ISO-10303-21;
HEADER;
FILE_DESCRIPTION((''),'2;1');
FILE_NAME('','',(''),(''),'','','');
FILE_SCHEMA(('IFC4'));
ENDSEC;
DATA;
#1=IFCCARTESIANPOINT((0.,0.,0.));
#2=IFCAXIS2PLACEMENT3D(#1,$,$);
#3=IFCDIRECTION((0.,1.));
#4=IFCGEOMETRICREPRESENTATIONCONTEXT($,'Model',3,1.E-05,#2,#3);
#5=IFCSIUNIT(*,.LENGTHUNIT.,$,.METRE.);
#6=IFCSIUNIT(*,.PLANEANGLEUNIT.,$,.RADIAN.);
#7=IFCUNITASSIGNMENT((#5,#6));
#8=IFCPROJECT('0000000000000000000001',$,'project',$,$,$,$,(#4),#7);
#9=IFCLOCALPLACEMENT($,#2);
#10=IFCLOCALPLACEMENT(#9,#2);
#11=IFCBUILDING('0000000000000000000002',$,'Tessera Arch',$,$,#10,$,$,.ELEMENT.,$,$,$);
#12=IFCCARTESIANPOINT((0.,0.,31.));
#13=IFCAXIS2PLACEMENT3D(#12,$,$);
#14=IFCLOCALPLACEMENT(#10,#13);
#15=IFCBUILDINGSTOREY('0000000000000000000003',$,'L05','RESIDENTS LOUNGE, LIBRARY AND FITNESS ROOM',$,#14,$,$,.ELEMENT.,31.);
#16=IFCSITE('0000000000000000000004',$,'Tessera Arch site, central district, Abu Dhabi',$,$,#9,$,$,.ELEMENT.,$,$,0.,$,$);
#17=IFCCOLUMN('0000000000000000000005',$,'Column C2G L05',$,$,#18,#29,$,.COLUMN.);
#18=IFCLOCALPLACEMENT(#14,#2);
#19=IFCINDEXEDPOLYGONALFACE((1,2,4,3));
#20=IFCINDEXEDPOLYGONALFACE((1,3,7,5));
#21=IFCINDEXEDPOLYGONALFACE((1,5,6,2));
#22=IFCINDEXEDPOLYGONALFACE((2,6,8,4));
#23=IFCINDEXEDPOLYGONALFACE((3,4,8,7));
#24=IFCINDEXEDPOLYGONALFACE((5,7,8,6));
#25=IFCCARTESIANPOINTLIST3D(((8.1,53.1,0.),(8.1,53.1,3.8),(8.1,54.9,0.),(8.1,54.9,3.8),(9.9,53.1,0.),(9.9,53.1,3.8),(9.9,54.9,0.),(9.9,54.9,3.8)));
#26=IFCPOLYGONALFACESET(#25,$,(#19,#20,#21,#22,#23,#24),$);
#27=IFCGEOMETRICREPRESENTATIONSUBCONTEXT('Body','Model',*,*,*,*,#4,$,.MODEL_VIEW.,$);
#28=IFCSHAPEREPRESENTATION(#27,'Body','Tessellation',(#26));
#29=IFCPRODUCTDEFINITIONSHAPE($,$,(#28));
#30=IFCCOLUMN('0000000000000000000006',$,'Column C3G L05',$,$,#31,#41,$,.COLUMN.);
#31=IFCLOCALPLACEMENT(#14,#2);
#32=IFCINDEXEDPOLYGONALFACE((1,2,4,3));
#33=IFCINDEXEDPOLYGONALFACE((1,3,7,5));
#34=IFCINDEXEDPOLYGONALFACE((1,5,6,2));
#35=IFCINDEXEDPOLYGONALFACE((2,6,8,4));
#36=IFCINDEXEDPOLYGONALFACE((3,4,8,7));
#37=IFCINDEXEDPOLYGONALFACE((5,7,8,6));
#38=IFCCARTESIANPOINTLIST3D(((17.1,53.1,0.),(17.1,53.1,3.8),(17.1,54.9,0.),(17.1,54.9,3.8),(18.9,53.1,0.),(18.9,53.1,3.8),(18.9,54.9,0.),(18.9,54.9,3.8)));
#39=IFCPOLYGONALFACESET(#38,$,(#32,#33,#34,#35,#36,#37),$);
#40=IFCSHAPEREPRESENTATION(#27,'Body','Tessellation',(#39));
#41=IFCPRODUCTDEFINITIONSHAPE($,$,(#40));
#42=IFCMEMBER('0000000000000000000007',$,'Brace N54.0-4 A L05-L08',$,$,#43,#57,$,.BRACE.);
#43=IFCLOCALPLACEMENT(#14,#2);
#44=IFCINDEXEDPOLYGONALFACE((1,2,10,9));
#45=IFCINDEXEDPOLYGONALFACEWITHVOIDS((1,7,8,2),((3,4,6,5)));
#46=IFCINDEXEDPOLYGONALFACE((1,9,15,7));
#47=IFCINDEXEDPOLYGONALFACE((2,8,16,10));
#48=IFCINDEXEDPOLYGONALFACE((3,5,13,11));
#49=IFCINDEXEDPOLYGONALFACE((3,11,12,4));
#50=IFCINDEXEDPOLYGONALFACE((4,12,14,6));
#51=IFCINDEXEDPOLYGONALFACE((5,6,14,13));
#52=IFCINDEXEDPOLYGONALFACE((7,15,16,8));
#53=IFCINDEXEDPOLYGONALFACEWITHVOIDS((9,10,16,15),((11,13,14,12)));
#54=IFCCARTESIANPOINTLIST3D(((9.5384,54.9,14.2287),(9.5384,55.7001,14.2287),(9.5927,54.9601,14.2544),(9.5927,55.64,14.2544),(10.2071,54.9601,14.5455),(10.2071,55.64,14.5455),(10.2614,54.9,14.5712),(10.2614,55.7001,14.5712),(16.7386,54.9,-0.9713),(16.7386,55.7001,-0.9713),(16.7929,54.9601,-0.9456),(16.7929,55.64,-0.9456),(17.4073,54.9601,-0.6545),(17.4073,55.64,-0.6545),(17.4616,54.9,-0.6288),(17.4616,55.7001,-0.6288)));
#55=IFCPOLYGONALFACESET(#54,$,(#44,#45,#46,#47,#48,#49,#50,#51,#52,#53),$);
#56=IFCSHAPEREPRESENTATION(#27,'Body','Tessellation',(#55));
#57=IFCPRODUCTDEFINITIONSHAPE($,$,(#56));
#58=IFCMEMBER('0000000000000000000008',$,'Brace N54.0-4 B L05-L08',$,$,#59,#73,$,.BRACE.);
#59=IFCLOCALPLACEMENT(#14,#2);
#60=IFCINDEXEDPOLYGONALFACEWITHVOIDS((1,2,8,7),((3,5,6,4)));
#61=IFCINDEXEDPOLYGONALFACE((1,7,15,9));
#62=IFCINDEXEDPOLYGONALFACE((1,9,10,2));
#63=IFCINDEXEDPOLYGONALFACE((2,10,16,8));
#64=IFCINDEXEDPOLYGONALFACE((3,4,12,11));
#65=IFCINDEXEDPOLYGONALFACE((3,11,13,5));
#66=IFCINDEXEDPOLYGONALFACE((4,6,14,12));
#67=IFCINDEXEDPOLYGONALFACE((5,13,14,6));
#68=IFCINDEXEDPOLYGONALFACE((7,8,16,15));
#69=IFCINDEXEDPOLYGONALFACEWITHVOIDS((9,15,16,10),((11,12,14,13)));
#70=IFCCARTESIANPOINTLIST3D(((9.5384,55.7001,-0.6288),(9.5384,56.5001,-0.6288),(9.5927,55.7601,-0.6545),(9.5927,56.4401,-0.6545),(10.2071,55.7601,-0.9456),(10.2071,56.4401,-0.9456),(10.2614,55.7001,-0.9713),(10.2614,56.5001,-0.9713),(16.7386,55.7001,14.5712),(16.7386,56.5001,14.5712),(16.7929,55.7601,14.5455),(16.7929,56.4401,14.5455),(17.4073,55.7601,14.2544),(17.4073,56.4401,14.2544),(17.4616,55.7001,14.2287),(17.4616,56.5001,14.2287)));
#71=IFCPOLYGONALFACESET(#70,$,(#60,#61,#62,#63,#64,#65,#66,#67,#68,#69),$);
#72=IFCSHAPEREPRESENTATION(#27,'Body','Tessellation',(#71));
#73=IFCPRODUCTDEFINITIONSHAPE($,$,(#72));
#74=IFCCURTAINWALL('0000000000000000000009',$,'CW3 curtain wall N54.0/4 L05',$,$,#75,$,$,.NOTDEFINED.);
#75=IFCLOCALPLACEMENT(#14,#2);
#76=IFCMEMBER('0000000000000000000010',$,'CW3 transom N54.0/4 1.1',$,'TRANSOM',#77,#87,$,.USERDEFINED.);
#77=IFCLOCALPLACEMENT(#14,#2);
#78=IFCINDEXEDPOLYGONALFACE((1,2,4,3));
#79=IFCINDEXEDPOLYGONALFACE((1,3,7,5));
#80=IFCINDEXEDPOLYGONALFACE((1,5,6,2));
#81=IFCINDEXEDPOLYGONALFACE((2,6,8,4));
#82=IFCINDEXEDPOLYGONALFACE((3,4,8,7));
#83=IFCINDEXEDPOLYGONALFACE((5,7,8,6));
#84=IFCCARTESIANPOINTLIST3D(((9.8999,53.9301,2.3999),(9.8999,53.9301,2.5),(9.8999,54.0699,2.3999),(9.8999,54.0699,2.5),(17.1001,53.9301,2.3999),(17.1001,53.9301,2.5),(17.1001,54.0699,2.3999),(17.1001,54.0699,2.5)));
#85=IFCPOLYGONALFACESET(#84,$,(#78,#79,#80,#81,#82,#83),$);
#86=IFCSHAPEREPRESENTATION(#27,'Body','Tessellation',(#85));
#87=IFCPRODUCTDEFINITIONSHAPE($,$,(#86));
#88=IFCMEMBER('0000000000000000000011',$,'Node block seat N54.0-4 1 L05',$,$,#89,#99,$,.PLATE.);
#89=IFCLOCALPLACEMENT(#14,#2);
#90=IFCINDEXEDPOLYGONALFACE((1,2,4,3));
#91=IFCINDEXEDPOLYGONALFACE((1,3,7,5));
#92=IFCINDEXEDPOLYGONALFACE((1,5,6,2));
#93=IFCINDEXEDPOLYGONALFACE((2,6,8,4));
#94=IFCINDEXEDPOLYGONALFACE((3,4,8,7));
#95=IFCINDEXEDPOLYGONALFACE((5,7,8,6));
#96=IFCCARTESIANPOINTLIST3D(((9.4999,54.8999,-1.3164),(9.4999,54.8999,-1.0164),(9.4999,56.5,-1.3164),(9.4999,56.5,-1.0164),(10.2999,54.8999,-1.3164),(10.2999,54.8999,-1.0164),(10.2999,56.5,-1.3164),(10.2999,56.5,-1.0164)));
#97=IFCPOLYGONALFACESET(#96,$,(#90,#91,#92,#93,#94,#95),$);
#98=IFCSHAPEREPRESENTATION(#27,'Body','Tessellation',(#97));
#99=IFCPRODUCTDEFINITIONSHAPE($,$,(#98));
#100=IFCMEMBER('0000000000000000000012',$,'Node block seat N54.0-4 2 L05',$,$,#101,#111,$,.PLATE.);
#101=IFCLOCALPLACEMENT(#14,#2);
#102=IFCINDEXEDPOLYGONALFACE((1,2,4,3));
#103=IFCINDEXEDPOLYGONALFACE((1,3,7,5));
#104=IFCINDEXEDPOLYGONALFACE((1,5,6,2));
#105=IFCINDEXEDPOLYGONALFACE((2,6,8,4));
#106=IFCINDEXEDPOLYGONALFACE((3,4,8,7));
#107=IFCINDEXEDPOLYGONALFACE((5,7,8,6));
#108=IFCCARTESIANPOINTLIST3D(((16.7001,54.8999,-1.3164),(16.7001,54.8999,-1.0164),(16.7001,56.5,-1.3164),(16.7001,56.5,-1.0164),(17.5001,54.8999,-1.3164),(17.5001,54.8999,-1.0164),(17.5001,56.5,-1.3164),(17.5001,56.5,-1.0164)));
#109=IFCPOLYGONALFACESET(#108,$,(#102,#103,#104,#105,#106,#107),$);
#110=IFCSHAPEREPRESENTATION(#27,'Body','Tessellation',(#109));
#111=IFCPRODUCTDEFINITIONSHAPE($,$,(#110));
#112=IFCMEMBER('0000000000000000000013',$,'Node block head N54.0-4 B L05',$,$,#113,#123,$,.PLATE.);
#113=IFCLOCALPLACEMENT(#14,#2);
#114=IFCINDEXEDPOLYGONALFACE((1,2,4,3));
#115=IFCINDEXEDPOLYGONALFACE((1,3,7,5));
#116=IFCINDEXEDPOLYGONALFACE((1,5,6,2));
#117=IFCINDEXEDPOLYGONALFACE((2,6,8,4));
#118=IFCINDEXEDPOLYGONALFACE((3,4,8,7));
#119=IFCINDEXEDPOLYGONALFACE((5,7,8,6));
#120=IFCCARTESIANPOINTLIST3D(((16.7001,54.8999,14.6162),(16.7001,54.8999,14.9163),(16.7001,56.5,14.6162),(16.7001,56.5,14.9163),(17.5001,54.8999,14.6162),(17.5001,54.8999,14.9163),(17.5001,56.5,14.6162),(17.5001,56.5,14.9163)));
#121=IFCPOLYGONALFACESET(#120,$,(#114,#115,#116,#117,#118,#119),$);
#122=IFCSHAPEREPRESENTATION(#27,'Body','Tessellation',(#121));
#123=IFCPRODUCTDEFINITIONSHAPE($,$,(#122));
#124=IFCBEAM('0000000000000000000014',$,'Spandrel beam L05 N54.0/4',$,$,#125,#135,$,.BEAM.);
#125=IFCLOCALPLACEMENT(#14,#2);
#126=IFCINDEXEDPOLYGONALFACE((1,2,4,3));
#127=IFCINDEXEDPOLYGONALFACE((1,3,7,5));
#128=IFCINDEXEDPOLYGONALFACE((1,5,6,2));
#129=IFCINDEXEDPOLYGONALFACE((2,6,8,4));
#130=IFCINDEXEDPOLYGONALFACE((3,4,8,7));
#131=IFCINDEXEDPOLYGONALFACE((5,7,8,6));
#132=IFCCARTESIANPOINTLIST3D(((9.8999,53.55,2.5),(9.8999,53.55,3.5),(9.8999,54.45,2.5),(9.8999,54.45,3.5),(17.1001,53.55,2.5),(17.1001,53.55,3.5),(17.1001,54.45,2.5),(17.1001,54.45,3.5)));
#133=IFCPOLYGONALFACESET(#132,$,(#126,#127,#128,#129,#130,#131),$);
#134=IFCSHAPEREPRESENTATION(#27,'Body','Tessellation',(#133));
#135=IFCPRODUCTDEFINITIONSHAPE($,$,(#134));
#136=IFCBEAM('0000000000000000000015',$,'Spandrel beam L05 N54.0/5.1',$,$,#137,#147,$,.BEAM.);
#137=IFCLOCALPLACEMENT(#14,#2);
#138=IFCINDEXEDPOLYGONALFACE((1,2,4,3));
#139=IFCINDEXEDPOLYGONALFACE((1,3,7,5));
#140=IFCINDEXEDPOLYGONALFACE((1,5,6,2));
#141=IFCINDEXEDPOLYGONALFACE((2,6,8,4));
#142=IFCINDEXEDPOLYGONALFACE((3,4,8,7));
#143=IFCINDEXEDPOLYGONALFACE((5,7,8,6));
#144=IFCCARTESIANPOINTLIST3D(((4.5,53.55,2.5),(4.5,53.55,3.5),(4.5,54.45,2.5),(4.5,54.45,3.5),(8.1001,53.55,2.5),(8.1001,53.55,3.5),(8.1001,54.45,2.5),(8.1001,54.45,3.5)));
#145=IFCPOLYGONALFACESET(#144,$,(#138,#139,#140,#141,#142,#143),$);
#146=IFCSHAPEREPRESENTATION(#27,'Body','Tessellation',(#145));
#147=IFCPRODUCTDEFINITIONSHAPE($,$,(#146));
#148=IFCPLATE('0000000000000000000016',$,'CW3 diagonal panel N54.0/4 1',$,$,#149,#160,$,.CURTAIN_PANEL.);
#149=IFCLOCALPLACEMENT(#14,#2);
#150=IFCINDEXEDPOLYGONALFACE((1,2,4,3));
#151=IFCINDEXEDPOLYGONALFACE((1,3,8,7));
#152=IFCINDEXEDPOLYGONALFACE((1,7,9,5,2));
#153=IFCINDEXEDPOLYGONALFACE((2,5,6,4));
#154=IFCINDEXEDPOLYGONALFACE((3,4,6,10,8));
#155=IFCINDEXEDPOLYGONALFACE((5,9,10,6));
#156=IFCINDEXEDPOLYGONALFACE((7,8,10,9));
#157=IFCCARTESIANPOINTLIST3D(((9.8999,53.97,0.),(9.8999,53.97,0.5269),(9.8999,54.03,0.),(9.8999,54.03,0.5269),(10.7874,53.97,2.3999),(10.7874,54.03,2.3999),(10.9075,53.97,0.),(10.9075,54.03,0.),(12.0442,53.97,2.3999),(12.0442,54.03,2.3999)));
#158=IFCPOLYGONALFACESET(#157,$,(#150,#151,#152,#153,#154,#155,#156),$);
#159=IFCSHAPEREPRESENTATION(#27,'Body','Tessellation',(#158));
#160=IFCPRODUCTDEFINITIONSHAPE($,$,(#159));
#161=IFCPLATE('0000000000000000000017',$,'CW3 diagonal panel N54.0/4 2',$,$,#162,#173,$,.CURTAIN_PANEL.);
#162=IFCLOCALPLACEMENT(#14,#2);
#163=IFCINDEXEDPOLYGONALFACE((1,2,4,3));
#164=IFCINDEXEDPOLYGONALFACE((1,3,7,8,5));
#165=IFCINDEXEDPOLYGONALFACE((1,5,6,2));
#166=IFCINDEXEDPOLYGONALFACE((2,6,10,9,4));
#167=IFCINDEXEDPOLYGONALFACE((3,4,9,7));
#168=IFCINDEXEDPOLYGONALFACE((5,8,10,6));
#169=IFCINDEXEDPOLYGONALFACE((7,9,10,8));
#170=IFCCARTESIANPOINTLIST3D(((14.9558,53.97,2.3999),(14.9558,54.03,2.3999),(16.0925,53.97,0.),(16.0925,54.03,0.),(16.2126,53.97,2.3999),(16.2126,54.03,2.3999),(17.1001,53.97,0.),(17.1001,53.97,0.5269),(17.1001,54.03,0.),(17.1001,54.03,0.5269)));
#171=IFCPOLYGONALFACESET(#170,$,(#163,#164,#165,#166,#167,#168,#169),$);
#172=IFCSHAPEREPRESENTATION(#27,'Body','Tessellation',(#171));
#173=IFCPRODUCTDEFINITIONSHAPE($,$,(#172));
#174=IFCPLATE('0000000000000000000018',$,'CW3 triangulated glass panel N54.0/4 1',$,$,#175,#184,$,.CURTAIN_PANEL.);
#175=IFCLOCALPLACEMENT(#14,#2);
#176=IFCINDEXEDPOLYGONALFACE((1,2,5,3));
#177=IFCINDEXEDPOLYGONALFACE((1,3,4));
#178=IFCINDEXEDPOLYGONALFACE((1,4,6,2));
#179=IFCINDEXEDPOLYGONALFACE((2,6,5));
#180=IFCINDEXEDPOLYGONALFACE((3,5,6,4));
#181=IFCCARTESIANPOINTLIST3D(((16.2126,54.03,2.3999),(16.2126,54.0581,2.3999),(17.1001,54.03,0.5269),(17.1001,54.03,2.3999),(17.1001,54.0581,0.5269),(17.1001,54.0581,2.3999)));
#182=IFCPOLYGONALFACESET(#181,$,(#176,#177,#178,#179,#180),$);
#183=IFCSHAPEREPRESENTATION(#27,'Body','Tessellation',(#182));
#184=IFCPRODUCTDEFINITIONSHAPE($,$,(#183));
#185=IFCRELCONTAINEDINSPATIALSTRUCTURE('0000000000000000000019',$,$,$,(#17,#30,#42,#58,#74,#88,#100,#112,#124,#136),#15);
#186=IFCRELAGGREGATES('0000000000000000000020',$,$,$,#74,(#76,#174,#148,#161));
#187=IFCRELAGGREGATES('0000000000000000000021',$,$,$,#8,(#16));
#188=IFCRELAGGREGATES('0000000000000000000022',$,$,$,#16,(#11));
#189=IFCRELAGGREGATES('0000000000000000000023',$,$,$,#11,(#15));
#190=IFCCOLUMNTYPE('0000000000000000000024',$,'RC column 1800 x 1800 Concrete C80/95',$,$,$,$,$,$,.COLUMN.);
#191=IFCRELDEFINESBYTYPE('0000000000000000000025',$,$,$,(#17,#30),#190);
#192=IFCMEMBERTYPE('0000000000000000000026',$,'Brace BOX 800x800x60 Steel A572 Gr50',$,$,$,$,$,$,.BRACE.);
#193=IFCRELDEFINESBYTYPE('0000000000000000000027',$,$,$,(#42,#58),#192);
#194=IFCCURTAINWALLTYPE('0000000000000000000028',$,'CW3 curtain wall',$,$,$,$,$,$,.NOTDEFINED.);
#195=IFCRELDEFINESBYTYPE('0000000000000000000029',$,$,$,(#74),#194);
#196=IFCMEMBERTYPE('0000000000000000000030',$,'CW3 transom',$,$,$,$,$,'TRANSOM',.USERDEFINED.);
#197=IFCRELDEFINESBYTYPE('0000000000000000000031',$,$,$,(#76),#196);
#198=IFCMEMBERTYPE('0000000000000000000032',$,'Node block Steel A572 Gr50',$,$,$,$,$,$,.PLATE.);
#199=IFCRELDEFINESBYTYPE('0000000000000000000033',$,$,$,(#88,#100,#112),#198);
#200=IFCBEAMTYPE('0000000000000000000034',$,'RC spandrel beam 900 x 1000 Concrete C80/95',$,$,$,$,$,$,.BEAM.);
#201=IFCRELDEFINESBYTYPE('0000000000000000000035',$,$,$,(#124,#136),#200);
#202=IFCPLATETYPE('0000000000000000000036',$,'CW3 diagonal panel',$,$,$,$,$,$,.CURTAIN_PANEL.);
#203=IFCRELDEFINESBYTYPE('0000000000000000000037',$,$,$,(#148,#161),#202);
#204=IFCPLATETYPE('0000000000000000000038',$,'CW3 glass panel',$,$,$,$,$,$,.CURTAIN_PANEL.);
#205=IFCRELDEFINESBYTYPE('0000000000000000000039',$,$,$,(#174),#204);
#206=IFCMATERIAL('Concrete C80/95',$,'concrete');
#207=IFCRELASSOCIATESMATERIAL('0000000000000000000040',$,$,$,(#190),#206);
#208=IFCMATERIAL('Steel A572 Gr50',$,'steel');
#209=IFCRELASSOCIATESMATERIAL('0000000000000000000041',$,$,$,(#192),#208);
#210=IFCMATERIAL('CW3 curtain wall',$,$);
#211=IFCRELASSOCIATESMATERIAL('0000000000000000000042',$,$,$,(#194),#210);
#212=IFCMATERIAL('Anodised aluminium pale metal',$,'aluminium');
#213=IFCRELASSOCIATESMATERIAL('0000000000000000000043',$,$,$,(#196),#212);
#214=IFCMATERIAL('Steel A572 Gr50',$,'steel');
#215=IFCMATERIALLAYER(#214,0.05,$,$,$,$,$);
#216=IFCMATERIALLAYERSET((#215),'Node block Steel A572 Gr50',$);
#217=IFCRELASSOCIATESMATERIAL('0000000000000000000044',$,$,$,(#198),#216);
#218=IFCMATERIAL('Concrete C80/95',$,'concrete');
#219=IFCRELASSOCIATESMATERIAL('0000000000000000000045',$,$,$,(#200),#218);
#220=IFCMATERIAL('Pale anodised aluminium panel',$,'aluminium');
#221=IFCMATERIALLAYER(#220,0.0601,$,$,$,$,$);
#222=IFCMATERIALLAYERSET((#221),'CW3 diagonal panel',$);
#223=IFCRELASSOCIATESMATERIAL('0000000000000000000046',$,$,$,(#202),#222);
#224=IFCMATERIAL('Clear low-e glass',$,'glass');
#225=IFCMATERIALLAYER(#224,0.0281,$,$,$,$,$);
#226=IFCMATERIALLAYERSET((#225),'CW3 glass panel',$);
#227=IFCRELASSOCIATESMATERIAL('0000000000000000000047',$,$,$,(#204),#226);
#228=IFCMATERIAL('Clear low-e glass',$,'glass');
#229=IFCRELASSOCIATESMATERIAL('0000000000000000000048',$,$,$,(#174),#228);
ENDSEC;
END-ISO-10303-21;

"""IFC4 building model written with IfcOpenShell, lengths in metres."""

from ifc_helpers import new_model, si_unit, direction, frame, origin, origin_2d, place, context, subcontext, project, spatial, polyline, rectangle, hollow_rectangle, outline, extrude, material, layer, layer_set, material_profile, profile_set, type_object, element, aggregate, save


model = new_model("IFC4")

# Units and contexts
model_context = context("Model", 3, precision=1e-05, world=origin(), true_north=direction((0.0, 1.0)))
body_context = subcontext(model_context, "Body", "Model", "MODEL_VIEW")
ifc_project = project(units=[si_unit("LENGTHUNIT", "METRE"), si_unit("PLANEANGLEUNIT", "RADIAN")], contexts=[model_context])

# Site, building, storey
site_placement = place(None, origin())
site = spatial("IfcSite", under=ifc_project, at=site_placement, Name="Tessera Arch site, central district, Abu Dhabi", CompositionType="ELEMENT", RefElevation=0.0)
building_placement = place(site_placement, origin())
building = spatial("IfcBuilding", under=site, at=building_placement, Name="Tessera Arch", CompositionType="ELEMENT")
storey_placement = place(building_placement, frame((0.0, 0.0, 31.0)))
storey = spatial("IfcBuildingStorey", under=building, at=storey_placement, Name="L05", Description="RESIDENTS LOUNGE, LIBRARY AND FITNESS ROOM", CompositionType="ELEMENT", Elevation=31.0)

# Columns
ifc_material_1 = material(Name="Concrete C80/95", Category="concrete")
ifc_material_profile_1 = material_profile(ifc_material_1, rectangle(XDim=1.8, YDim=1.8, at=origin_2d()), Name="RC column 1800 x 1800 Concrete C80/95")
ifc_profile_set_1 = profile_set([ifc_material_profile_1], Name="Concrete C80/95")
column_type = type_object("IfcColumnType", Name="RC column 1800 x 1800 Concrete C80/95", PredefinedType="COLUMN", material=ifc_profile_set_1)
for number, where, z_axis, x_axis, name in (
    (1, (9.0, 54.0, 0.0), (0.0, 0.0, 1.0), (1.0, 0.0, 0.0), "Column C2G L05"),
    (2, (18.0, 54.0, 0.0), (0.0, 0.0, 1.0), (1.0, 0.0, 0.0), "Column C3G L05"),
):
    element("IfcColumn", number, at=place(storey_placement, frame(where, z_axis=z_axis, x_axis=x_axis)), inside=storey, type_object=column_type, Name=name, PredefinedType="COLUMN", context=body_context, shape_type="SweptSolid", body=[
        extrude(rectangle(XDim=1.8, YDim=1.8, at=origin_2d()), origin(), (0.0, 0.0, 1.0), 3.8),
    ])

# Members
ifc_material_2 = material(Name="Steel A572 Gr50", Category="steel")
ifc_material_profile_2 = material_profile(ifc_material_2, hollow_rectangle(XDim=0.8, YDim=0.8, WallThickness=0.0601, at=origin_2d()), Name="BOX 800x800x60")
ifc_profile_set_2 = profile_set([ifc_material_profile_2], Name="Steel A572 Gr50")
member_type_1 = type_object("IfcMemberType", Name="Brace BOX 800x800x60 Steel A572 Gr50", PredefinedType="BRACE", material=ifc_profile_set_2)
for number, where, z_axis, x_axis, name in (
    (3, (17.1001, 55.3, -0.8), (-0.428097, 0.0, 0.903733), (0.0, -1.0, 0.0), "Brace N54.0-4 A L05-L08"),
    (4, (9.8999, 56.1001, -0.8), (0.428097, 0.0, 0.903733), (0.0, 1.0, 0.0), "Brace N54.0-4 B L05-L08"),
):
    element("IfcMember", number, at=place(storey_placement, frame(where, z_axis=z_axis, x_axis=x_axis)), inside=storey, type_object=member_type_1, Name=name, PredefinedType="BRACE", context=body_context, shape_type="SweptSolid", body=[
        extrude(hollow_rectangle(XDim=0.8, YDim=0.8, WallThickness=0.0601, at=origin_2d()), origin(), (0.0, 0.0, 1.0), 16.8191),
    ])

# Curtain wall, member
ifc_material_3 = material(Name="CW3 curtain wall")
curtain_wall_type = type_object("IfcCurtainWallType", Name="CW3 curtain wall", PredefinedType="NOTDEFINED", material=ifc_material_3)
curtain_wall_placement = place(storey_placement, origin())
curtain_wall = element("IfcCurtainWall", 5, at=curtain_wall_placement, inside=storey, type_object=curtain_wall_type, Name="CW3 curtain wall N54.0/4 L05", PredefinedType="NOTDEFINED")
ifc_material_4 = material(Name="Anodised aluminium pale metal", Category="aluminium")
ifc_material_profile_3 = material_profile(ifc_material_4, rectangle(XDim=0.1399, YDim=0.1001, at=origin_2d()), Name="AL 140x100")
ifc_profile_set_3 = profile_set([ifc_material_profile_3], Name="Anodised aluminium pale metal")
member_type_2 = type_object("IfcMemberType", Name="CW3 transom", ElementType="TRANSOM", PredefinedType="USERDEFINED", material=ifc_profile_set_3)
member_placement = place(storey_placement, frame((17.1001, 54.0, 2.45), z_axis=(-1.0, 0.0, 0.0), x_axis=(0.0, -1.0, 0.0)))
member = element("IfcMember", 6, at=member_placement, type_object=member_type_2, Name="CW3 transom N54.0/4 1.1", ObjectType="TRANSOM", PredefinedType="USERDEFINED", context=body_context, shape_type="SweptSolid", body=[
    extrude(rectangle(XDim=0.1399, YDim=0.1001, at=origin_2d()), origin(), (0.0, 0.0, 1.0), 7.2002),
])

# Members
ifc_material_5 = material(Name="Steel A572 Gr50", Category="steel")
ifc_layer_1 = layer(ifc_material_5, 0.05)
ifc_layer_set_1 = layer_set([ifc_layer_1], Name="Node block Steel A572 Gr50")
member_type_3 = type_object("IfcMemberType", Name="Node block Steel A572 Gr50", PredefinedType="PLATE", material=ifc_layer_set_1)
for number, where, z_axis, x_axis, name in (
    (7, (9.8999, 55.7, -1.3164), (0.0, 0.0, 1.0), (-1.0, 0.0, 0.0), "Node block seat N54.0-4 1 L05"),
    (8, (17.1001, 55.7, -1.3164), (0.0, 0.0, 1.0), (-1.0, 0.0, 0.0), "Node block seat N54.0-4 2 L05"),
    (9, (17.1001, 55.7, 14.6162), (0.0, 0.0, 1.0), (-1.0, 0.0, 0.0), "Node block head N54.0-4 B L05"),
):
    element("IfcMember", number, at=place(storey_placement, frame(where, z_axis=z_axis, x_axis=x_axis)), inside=storey, type_object=member_type_3, Name=name, PredefinedType="PLATE", context=body_context, shape_type="SweptSolid", body=[
        extrude(rectangle(XDim=0.8, YDim=1.6001, at=origin_2d()), origin(), (0.0, 0.0, 1.0), 0.3),
    ])

# Beams
ifc_material_6 = material(Name="Concrete C80/95", Category="concrete")
ifc_material_profile_4 = material_profile(ifc_material_6, rectangle(XDim=0.8999, YDim=1.0, at=origin_2d()), Name="RC spandrel beam 900 x 1000 Concrete C80/95")
ifc_profile_set_4 = profile_set([ifc_material_profile_4], Name="Concrete C80/95")
beam_type = type_object("IfcBeamType", Name="RC spandrel beam 900 x 1000 Concrete C80/95", PredefinedType="BEAM", material=ifc_profile_set_4)
beam_1_placement = place(storey_placement, frame((17.1001, 54.0, 3.0), z_axis=(-1.0, 0.0, 0.0), x_axis=(0.0, -1.0, 0.0)))
element("IfcBeam", 10, at=beam_1_placement, inside=storey, type_object=beam_type, Name="Spandrel beam L05 N54.0/4", PredefinedType="BEAM", context=body_context, shape_type="SweptSolid", body=[
    extrude(rectangle(XDim=0.8999, YDim=1.0, at=origin_2d()), origin(), (0.0, 0.0, 1.0), 7.2002),
])
beam_2_placement = place(storey_placement, frame((8.1001, 54.0, 3.0), z_axis=(-1.0, 0.0, 0.0), x_axis=(0.0, -1.0, 0.0)))
element("IfcBeam", 11, at=beam_2_placement, inside=storey, type_object=beam_type, Name="Spandrel beam L05 N54.0/5.1", PredefinedType="BEAM", context=body_context, shape_type="SweptSolid", body=[
    extrude(rectangle(XDim=0.8999, YDim=1.0, at=origin_2d()), origin(), (0.0, 0.0, 1.0), 3.6001),
])

# Plates
ifc_material_7 = material(Name="Pale anodised aluminium panel", Category="aluminium")
ifc_layer_2 = layer(ifc_material_7, 0.0601)
ifc_layer_set_2 = layer_set([ifc_layer_2], Name="CW3 diagonal panel")
plate_type_1 = type_object("IfcPlateType", Name="CW3 diagonal panel", PredefinedType="CURTAIN_PANEL", material=ifc_layer_set_2)
plate_1_placement = place(storey_placement, frame((9.8999, 54.03, 0.0), z_axis=(0.0, 1.0, 0.0), x_axis=(0.0, 0.0, 1.0)))
plate_1 = element("IfcPlate", 12, at=plate_1_placement, type_object=plate_type_1, Name="CW3 diagonal panel N54.0/4 1", PredefinedType="CURTAIN_PANEL", context=body_context, shape_type="SweptSolid", body=[
    extrude(outline(polyline([(0.0, 0.0), (0.5269, 0.0), (2.3999, 0.8875), (2.3999, 2.1443), (0.0, 1.0076), (0.0, 0.0)])), origin(), (0.0, 0.0, -1.0), 0.0601),
])
plate_2_placement = place(storey_placement, frame((14.9558, 54.03, 2.3999), z_axis=(0.0, 1.0, 0.0), x_axis=(1.0, 0.0, 0.0)))
plate_2 = element("IfcPlate", 13, at=plate_2_placement, type_object=plate_type_1, Name="CW3 diagonal panel N54.0/4 2", PredefinedType="CURTAIN_PANEL", context=body_context, shape_type="SweptSolid", body=[
    extrude(outline(polyline([(0.0, 0.0), (1.2568, 0.0), (2.1443, 1.873), (2.1443, 2.3999), (1.1367, 2.3999), (0.0, 0.0)])), origin(), (0.0, 0.0, -1.0), 0.0601),
])
ifc_material_8 = material(Name="Clear low-e glass", Category="glass")
ifc_material_9 = material(Name="Clear low-e glass", Category="glass")
ifc_layer_3 = layer(ifc_material_9, 0.0281)
ifc_layer_set_3 = layer_set([ifc_layer_3], Name="CW3 glass panel")
plate_type_2 = type_object("IfcPlateType", Name="CW3 glass panel", PredefinedType="CURTAIN_PANEL", material=ifc_layer_set_3)
plate_3_placement = place(storey_placement, frame((17.1001, 54.0581, 2.3999), z_axis=(0.0, 1.0, 0.0), x_axis=(0.0, 0.0, -1.0)))
plate_3 = element("IfcPlate", 14, at=plate_3_placement, type_object=plate_type_2, material=ifc_material_8, Name="CW3 triangulated glass panel N54.0/4 1", PredefinedType="CURTAIN_PANEL", context=body_context, shape_type="SweptSolid", body=[
    extrude(outline(polyline([(0.0, 0.0), (1.873, 0.0), (0.0, 0.8875), (0.0, 0.0)])), origin(), (0.0, 0.0, -1.0), 0.0281),
])
aggregate(curtain_wall, [member, plate_3, plate_1, plate_2])

save(model, "model.ifc")
